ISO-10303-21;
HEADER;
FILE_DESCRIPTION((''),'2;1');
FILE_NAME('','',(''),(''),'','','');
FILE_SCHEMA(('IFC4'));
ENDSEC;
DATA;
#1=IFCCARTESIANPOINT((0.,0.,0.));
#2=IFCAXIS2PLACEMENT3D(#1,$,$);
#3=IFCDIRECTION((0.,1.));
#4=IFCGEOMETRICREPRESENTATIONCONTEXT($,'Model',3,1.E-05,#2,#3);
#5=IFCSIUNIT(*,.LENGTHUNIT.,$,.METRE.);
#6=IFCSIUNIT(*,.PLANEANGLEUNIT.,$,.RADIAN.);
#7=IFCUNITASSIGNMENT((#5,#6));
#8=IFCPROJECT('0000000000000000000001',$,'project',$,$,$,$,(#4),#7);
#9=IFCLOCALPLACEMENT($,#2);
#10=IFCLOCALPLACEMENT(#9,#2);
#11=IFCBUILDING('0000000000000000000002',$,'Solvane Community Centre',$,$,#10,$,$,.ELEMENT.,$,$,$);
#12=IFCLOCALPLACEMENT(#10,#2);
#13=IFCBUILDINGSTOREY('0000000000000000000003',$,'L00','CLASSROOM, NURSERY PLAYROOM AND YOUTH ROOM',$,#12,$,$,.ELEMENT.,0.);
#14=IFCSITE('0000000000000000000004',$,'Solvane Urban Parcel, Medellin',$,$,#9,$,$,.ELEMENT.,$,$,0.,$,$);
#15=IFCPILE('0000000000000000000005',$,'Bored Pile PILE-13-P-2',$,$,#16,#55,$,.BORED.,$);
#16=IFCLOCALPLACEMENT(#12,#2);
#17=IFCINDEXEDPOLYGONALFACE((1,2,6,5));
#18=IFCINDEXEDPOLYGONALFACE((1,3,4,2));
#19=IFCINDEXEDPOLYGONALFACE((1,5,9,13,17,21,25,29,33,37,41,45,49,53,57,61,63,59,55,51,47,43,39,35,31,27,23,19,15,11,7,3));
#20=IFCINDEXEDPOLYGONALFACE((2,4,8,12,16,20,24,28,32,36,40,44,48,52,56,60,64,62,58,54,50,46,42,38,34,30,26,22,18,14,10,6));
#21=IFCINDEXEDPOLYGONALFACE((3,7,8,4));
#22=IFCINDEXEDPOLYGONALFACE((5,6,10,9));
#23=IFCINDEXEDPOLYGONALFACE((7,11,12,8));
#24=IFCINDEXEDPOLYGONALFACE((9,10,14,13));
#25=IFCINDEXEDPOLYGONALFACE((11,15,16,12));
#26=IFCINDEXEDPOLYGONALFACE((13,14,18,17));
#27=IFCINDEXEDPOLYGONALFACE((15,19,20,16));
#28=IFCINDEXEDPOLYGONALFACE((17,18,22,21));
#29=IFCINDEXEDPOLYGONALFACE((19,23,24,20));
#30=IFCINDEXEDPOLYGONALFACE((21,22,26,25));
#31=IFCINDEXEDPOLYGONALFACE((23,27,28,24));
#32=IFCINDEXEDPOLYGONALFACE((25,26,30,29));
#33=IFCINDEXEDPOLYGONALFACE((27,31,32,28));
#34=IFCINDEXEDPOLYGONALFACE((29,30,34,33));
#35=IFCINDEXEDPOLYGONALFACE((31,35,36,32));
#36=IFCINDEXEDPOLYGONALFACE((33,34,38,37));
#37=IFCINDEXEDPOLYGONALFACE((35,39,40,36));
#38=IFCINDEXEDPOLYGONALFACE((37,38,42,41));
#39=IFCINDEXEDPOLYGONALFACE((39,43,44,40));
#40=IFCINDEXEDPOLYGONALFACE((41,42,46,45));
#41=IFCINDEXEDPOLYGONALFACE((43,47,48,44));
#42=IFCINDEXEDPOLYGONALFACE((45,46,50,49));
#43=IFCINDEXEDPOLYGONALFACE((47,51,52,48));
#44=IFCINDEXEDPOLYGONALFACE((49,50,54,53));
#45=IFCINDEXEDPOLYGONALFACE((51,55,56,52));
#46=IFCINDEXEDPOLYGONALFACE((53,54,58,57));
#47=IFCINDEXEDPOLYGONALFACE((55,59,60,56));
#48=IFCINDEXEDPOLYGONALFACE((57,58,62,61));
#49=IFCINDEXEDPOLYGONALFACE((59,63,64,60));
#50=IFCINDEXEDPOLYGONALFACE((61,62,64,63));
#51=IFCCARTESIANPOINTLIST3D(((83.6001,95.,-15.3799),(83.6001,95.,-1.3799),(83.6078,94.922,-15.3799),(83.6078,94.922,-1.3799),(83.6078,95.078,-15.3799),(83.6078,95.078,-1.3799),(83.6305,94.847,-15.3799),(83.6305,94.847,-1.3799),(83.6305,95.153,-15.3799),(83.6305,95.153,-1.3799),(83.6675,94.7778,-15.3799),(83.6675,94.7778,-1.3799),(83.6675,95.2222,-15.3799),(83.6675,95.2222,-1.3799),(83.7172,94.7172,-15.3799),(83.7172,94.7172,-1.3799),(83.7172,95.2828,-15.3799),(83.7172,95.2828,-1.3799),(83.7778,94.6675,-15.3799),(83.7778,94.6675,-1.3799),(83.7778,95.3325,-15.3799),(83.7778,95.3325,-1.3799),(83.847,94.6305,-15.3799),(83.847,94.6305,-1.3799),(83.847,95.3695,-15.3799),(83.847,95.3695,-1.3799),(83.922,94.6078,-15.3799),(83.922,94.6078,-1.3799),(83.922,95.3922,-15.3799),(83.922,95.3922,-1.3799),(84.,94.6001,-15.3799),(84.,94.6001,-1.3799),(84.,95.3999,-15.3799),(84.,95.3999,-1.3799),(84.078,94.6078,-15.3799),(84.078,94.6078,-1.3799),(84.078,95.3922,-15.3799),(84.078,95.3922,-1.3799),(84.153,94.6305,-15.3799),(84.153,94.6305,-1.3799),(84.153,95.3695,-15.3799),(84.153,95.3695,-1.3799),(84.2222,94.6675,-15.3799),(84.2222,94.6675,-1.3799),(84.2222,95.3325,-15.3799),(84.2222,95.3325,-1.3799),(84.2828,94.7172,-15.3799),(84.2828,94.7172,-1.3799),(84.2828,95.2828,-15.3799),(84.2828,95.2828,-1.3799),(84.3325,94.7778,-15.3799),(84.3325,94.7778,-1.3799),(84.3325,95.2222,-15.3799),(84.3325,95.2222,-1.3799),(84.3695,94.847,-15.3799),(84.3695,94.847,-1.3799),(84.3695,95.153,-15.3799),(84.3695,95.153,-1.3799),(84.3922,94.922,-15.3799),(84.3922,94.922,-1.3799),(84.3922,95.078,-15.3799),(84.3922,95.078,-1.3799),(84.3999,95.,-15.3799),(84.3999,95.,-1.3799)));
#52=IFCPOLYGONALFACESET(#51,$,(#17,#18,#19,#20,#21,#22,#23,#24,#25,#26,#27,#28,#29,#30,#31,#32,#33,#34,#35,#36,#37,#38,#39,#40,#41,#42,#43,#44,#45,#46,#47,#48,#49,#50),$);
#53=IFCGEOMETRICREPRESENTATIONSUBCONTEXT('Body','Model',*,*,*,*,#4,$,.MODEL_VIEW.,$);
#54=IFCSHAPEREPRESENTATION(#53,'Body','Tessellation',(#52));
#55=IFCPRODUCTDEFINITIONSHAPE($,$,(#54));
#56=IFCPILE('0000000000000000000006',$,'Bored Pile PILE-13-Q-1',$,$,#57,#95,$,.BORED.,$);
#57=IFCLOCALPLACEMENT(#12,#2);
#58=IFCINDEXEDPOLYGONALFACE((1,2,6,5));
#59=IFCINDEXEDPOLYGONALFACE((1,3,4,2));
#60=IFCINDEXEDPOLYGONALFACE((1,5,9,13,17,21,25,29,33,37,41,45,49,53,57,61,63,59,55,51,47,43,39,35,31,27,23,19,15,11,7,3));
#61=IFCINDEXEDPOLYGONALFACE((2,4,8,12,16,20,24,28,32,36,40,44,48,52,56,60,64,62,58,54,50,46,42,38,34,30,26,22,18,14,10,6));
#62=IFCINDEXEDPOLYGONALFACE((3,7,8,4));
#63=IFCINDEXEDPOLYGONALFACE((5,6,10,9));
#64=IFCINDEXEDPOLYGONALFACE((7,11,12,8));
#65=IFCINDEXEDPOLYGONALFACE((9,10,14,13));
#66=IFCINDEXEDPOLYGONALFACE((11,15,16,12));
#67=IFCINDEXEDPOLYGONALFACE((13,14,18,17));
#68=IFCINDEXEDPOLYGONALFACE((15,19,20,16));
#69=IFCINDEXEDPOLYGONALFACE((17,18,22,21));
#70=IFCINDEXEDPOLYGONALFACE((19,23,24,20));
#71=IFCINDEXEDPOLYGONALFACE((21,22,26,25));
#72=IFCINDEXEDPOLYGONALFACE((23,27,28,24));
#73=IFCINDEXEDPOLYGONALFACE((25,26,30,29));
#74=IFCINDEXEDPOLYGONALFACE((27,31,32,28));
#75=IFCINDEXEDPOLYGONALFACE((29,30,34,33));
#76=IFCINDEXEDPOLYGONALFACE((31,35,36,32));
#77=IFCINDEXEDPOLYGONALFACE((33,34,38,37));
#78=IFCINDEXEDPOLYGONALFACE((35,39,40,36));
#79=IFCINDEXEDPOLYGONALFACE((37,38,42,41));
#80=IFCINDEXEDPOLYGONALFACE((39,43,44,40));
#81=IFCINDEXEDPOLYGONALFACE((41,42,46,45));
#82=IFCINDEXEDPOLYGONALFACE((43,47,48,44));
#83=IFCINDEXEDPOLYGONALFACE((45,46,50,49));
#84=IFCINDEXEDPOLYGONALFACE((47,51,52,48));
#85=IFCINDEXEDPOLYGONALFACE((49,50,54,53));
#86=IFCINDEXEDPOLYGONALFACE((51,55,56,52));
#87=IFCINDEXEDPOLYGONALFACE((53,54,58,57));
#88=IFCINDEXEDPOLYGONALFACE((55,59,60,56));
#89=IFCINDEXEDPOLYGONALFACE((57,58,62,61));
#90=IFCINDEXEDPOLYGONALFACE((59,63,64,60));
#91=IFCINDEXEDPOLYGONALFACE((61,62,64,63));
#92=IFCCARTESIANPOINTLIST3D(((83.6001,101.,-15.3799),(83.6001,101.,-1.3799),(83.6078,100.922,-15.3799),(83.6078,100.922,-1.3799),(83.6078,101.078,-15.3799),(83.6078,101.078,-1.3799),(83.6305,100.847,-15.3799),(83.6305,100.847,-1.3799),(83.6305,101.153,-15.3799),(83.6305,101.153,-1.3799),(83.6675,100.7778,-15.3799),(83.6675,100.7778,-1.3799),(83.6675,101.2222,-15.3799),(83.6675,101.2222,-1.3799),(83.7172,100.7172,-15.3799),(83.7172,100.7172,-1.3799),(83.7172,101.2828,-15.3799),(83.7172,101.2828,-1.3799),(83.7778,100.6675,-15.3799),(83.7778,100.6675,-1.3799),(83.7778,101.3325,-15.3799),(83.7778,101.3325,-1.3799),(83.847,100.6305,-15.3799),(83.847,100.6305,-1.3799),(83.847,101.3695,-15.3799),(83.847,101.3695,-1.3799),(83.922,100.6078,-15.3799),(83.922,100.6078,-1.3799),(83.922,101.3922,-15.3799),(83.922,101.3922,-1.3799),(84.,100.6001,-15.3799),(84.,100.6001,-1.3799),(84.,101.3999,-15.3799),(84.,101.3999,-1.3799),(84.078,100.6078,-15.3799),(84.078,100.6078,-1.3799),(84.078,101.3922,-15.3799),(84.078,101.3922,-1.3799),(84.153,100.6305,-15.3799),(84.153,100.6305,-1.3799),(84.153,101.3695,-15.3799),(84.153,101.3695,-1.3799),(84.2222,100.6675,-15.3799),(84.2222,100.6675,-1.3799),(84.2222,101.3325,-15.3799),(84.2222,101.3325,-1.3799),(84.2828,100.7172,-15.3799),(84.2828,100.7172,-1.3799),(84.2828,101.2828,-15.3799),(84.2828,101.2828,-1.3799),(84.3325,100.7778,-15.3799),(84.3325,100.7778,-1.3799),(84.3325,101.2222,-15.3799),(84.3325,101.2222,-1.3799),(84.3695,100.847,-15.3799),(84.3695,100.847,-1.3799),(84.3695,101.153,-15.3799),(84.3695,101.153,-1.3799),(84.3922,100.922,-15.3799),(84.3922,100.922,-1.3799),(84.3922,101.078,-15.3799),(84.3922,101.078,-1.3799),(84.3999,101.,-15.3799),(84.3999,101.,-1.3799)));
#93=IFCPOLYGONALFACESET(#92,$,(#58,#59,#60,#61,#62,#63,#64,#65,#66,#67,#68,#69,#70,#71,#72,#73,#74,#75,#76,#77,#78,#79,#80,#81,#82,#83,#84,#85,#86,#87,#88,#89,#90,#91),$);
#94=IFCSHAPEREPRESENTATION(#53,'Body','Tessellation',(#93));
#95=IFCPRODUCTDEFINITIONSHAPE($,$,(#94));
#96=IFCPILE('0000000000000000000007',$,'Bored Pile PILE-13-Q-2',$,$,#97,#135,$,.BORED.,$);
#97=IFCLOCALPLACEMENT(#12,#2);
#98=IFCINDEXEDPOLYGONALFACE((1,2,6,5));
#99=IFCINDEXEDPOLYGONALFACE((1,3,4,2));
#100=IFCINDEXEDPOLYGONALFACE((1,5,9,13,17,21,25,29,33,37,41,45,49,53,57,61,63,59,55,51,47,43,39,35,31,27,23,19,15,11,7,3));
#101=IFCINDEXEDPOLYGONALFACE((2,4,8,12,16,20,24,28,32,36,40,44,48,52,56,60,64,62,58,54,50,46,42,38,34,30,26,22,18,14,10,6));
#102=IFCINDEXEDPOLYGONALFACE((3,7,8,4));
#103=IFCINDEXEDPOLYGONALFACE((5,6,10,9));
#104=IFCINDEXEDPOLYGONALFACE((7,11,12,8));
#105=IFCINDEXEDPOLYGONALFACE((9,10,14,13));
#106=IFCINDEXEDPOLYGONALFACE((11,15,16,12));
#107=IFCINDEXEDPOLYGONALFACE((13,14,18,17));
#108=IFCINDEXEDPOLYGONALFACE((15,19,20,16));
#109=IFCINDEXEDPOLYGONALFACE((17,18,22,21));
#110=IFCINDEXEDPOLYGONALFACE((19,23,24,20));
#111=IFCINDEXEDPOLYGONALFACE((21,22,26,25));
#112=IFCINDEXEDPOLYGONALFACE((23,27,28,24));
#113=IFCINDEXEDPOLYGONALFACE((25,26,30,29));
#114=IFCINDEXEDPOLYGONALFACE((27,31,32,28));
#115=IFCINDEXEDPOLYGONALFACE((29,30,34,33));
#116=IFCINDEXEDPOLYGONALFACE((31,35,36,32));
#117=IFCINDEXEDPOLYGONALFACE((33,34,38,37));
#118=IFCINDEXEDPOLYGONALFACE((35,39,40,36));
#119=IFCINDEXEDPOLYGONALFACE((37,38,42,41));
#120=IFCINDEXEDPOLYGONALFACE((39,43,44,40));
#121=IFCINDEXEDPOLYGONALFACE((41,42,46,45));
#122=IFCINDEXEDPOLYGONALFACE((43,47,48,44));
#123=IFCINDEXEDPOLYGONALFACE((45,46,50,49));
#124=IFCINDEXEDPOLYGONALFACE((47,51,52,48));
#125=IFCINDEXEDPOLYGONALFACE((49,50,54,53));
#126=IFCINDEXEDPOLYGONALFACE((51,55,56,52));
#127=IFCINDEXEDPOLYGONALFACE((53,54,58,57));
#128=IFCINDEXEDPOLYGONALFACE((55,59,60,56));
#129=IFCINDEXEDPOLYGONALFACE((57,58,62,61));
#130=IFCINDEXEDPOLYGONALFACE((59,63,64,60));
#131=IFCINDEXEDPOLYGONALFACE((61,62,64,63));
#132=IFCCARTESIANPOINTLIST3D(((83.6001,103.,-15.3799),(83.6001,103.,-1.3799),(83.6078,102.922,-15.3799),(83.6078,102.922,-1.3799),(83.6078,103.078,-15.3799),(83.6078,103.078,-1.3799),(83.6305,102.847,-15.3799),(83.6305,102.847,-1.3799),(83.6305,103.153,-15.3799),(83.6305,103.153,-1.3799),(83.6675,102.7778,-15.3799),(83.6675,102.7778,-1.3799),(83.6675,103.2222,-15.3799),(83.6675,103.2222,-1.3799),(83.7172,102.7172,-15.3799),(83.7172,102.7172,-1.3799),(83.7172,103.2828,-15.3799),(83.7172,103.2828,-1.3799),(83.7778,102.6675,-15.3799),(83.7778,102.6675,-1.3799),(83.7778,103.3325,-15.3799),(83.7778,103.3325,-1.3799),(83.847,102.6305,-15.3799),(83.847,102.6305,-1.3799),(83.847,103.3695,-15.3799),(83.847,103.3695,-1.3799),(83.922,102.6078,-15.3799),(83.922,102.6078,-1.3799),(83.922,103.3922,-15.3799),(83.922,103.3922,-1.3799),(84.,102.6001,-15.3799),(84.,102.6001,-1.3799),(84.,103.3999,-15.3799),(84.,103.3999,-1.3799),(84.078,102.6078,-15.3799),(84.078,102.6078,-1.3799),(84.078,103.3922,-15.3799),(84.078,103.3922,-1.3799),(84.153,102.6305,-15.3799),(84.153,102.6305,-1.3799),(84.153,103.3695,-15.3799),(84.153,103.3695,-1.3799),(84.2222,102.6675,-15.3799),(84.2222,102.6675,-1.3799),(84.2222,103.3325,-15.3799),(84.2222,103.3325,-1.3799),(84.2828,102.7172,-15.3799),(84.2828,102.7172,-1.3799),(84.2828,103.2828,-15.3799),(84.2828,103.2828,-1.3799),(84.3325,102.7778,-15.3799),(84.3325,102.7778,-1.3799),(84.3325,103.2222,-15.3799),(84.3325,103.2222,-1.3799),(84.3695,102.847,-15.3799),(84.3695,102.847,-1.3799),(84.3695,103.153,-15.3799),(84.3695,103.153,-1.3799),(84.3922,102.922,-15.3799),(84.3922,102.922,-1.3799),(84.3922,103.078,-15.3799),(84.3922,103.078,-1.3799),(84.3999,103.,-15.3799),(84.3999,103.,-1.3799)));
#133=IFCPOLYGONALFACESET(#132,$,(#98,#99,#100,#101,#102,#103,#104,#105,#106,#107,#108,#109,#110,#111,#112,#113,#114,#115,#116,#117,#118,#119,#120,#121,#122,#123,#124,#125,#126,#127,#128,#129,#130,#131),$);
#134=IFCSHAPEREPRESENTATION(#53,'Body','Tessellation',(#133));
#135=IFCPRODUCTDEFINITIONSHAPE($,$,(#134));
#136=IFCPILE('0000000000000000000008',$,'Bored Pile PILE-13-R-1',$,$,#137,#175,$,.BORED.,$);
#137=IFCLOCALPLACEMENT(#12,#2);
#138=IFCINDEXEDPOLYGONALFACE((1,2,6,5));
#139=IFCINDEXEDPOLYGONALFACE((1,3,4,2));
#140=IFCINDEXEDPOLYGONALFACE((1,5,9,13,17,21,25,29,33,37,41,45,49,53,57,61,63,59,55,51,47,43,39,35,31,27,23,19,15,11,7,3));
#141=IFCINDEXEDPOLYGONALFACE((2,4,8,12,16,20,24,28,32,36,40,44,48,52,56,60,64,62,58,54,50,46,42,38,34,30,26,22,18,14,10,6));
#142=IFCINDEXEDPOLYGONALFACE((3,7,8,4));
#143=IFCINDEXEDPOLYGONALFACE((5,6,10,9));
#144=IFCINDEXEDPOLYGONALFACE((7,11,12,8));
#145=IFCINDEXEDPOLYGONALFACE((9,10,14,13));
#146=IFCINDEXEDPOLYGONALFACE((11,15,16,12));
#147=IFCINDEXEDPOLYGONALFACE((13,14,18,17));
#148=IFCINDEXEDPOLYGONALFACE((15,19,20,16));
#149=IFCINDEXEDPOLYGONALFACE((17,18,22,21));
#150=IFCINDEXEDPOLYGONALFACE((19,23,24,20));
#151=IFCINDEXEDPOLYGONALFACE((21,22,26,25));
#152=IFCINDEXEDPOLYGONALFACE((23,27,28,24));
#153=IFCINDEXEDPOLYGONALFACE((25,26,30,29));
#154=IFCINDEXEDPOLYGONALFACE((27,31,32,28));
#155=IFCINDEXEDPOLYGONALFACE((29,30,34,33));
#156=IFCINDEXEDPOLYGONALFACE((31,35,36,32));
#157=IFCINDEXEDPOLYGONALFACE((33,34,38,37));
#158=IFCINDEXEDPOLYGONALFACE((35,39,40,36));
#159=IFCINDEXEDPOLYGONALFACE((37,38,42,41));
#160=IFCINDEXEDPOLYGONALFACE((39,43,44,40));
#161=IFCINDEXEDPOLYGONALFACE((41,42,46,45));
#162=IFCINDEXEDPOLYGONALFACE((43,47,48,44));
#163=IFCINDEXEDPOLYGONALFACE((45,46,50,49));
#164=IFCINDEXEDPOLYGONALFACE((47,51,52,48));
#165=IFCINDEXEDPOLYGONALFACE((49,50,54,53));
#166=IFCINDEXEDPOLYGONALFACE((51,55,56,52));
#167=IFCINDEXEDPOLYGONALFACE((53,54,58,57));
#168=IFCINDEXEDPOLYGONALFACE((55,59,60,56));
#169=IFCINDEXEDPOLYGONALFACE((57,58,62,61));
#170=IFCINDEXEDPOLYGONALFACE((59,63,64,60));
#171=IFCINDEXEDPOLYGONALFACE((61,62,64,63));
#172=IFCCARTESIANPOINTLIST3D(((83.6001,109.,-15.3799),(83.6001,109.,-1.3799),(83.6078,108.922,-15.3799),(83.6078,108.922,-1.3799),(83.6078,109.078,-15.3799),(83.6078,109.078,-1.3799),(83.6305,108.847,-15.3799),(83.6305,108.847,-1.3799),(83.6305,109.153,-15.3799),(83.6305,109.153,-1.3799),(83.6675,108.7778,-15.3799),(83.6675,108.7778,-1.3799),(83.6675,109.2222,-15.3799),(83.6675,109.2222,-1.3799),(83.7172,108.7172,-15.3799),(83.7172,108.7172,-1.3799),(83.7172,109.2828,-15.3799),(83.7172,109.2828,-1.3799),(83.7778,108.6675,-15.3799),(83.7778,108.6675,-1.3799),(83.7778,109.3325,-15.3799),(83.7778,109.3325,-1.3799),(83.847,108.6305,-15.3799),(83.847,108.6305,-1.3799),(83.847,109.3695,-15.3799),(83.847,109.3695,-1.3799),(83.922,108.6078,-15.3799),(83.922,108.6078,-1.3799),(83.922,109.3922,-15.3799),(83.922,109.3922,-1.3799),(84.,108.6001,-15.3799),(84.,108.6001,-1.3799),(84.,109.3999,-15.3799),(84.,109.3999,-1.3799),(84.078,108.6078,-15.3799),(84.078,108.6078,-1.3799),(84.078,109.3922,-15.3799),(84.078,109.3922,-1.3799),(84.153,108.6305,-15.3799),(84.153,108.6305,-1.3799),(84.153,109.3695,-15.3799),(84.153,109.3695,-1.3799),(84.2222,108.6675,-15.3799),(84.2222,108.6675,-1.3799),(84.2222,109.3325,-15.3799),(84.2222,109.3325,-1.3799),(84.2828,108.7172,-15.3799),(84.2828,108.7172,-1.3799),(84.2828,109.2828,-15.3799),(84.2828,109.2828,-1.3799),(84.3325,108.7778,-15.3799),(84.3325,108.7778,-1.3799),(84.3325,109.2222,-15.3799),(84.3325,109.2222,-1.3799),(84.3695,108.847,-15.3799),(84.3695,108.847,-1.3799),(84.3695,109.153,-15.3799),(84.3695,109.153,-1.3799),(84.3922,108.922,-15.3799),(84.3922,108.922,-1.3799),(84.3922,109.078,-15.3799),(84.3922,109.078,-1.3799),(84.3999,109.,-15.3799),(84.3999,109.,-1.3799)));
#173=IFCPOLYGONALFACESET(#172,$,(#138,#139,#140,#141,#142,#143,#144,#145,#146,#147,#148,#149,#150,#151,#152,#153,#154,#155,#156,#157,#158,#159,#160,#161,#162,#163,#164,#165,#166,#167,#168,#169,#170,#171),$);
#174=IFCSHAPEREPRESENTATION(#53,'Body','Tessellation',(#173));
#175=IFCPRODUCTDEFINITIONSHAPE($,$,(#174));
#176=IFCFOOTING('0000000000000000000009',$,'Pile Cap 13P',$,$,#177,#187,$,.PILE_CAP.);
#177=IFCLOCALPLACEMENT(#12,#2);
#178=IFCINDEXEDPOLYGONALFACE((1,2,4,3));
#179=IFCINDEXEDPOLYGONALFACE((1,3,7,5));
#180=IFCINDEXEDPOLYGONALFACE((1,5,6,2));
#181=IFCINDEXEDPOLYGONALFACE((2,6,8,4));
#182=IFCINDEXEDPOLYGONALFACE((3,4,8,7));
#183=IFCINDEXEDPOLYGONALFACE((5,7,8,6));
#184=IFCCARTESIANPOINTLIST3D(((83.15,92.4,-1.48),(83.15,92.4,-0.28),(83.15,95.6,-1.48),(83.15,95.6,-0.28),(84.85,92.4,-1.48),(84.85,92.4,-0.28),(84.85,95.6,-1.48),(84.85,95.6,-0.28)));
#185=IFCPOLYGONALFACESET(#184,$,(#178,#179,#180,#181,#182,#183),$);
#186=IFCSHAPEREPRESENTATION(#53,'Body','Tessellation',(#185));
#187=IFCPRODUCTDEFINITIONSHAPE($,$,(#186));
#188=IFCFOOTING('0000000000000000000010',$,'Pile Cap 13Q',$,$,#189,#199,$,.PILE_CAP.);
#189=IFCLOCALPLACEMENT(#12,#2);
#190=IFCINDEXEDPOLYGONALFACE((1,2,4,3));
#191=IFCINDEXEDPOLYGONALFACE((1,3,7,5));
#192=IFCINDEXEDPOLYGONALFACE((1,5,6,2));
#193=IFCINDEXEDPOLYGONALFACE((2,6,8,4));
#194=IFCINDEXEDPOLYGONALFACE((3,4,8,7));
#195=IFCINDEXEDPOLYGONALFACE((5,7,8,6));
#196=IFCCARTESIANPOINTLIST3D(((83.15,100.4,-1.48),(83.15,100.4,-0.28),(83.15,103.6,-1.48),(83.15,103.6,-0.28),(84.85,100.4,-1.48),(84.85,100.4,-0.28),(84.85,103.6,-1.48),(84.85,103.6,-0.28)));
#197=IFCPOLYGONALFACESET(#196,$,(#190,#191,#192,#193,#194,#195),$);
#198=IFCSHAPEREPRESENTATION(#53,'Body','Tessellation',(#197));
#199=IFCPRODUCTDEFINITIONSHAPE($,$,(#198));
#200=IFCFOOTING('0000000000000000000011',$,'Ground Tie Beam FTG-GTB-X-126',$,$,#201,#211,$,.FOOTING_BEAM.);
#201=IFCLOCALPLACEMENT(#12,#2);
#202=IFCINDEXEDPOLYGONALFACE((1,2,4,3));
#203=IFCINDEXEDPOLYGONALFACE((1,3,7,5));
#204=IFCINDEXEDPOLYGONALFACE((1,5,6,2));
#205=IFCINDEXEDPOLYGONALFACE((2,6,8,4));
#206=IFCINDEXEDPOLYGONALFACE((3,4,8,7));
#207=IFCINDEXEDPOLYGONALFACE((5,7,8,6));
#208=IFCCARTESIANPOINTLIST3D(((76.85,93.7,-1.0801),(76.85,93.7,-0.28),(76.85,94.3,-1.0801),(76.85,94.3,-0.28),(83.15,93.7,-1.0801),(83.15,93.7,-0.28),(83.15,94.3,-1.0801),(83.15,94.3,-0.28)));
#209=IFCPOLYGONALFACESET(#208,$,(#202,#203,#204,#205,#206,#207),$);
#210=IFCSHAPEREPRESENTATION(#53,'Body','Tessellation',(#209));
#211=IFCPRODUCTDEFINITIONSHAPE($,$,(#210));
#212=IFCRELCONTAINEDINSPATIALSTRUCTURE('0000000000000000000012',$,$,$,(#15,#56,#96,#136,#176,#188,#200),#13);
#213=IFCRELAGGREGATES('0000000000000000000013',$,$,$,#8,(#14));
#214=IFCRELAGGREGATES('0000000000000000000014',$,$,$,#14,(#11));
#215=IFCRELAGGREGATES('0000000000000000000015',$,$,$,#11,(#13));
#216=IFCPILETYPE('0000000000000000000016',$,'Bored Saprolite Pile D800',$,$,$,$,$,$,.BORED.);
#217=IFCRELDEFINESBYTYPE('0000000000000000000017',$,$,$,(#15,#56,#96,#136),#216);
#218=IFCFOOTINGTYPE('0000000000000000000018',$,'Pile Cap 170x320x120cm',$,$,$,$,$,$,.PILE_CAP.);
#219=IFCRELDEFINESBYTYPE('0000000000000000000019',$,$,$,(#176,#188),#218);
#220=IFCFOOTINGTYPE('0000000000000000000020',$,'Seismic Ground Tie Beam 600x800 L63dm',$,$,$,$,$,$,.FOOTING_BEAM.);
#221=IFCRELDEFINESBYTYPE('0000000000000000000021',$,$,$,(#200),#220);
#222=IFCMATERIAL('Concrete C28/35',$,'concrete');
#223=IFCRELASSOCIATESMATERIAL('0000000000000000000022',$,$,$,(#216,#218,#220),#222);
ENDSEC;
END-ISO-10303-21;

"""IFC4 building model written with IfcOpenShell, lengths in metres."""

from ifc_helpers import new_model, si_unit, direction, frame, origin, origin_2d, place, context, subcontext, project, spatial, rectangle, circle, extrude, material, material_profile, profile_set, type_object, element, save


model = new_model("IFC4")

# Units and contexts
model_context = context("Model", 3, precision=1e-05, world=origin(), true_north=direction((0.0, 1.0)))
body_context = subcontext(model_context, "Body", "Model", "MODEL_VIEW")
ifc_project = project(units=[si_unit("LENGTHUNIT", "METRE"), si_unit("PLANEANGLEUNIT", "RADIAN")], contexts=[model_context])

# Site, building, storey
site_placement = place(None, origin())
site = spatial("IfcSite", under=ifc_project, at=site_placement, Name="Solvane Urban Parcel, Medellin", CompositionType="ELEMENT", RefElevation=0.0)
building_placement = place(site_placement, origin())
building = spatial("IfcBuilding", under=site, at=building_placement, Name="Solvane Community Centre", CompositionType="ELEMENT")
storey_placement = place(building_placement, origin())
storey = spatial("IfcBuildingStorey", under=building, at=storey_placement, Name="L00", Description="CLASSROOM, NURSERY PLAYROOM AND YOUTH ROOM", CompositionType="ELEMENT", Elevation=0.0)

# Piles
ifc_material_1 = material(Name="Concrete C28/35", Category="concrete")
ifc_material_profile_1 = material_profile(ifc_material_1, circle(Radius=0.3999, at=origin_2d()), Name="PILE D800")
ifc_profile_set_1 = profile_set([ifc_material_profile_1], Name="Concrete C28/35")
pile_type = type_object("IfcPileType", Name="Bored Saprolite Pile D800", PredefinedType="BORED", material=ifc_profile_set_1)
for number, where, z_axis, x_axis, name in (
    (1, (84.0, 95.0, -1.3799), (0.0, 0.0, -1.0), (1.0, 0.0, 0.0), "Bored Pile PILE-13-P-2"),
    (2, (84.0, 101.0, -1.3799), (0.0, 0.0, -1.0), (1.0, 0.0, 0.0), "Bored Pile PILE-13-Q-1"),
    (3, (84.0, 103.0, -1.3799), (0.0, 0.0, -1.0), (1.0, 0.0, 0.0), "Bored Pile PILE-13-Q-2"),
    (4, (84.0, 109.0, -1.3799), (0.0, 0.0, -1.0), (1.0, 0.0, 0.0), "Bored Pile PILE-13-R-1"),
):
    element("IfcPile", number, at=place(storey_placement, frame(where, z_axis=z_axis, x_axis=x_axis)), inside=storey, type_object=pile_type, Name=name, PredefinedType="BORED", context=body_context, shape_type="SweptSolid", body=[
        extrude(circle(Radius=0.3999, at=origin_2d()), origin(), (0.0, 0.0, 1.0), 14.0),
    ])

# Footings
footing_type_1 = type_object("IfcFootingType", Name="Pile Cap 170x320x120cm", PredefinedType="PILE_CAP", material=ifc_material_1)
for number, where, z_axis, x_axis, name in (
    (5, (84.0, 94.0, -1.48), (0.0, 0.0, 1.0), (1.0, 0.0, 0.0), "Pile Cap 13P"),
    (6, (84.0, 102.0, -1.48), (0.0, 0.0, 1.0), (1.0, 0.0, 0.0), "Pile Cap 13Q"),
):
    element("IfcFooting", number, at=place(storey_placement, frame(where, z_axis=z_axis, x_axis=x_axis)), inside=storey, type_object=footing_type_1, Name=name, PredefinedType="PILE_CAP", context=body_context, shape_type="SweptSolid", body=[
        extrude(rectangle(XDim=1.7, YDim=3.2, at=origin_2d()), origin(), (0.0, 0.0, 1.0), 1.2),
    ])
footing_type_2 = type_object("IfcFootingType", Name="Seismic Ground Tie Beam 600x800 L63dm", PredefinedType="FOOTING_BEAM", material=ifc_material_1)
for number, where, z_axis, x_axis, name in (
    (7, (80.0, 94.0, -1.0801), (0.0, 0.0, 1.0), (1.0, 0.0, 0.0), "Ground Tie Beam FTG-GTB-X-126"),
):
    element("IfcFooting", number, at=place(storey_placement, frame(where, z_axis=z_axis, x_axis=x_axis)), inside=storey, type_object=footing_type_2, Name=name, PredefinedType="FOOTING_BEAM", context=body_context, shape_type="SweptSolid", body=[
        extrude(rectangle(XDim=6.3, YDim=0.6001, at=origin_2d()), origin(), (0.0, 0.0, 1.0), 0.8),
    ])

save(model, "model.ifc")
